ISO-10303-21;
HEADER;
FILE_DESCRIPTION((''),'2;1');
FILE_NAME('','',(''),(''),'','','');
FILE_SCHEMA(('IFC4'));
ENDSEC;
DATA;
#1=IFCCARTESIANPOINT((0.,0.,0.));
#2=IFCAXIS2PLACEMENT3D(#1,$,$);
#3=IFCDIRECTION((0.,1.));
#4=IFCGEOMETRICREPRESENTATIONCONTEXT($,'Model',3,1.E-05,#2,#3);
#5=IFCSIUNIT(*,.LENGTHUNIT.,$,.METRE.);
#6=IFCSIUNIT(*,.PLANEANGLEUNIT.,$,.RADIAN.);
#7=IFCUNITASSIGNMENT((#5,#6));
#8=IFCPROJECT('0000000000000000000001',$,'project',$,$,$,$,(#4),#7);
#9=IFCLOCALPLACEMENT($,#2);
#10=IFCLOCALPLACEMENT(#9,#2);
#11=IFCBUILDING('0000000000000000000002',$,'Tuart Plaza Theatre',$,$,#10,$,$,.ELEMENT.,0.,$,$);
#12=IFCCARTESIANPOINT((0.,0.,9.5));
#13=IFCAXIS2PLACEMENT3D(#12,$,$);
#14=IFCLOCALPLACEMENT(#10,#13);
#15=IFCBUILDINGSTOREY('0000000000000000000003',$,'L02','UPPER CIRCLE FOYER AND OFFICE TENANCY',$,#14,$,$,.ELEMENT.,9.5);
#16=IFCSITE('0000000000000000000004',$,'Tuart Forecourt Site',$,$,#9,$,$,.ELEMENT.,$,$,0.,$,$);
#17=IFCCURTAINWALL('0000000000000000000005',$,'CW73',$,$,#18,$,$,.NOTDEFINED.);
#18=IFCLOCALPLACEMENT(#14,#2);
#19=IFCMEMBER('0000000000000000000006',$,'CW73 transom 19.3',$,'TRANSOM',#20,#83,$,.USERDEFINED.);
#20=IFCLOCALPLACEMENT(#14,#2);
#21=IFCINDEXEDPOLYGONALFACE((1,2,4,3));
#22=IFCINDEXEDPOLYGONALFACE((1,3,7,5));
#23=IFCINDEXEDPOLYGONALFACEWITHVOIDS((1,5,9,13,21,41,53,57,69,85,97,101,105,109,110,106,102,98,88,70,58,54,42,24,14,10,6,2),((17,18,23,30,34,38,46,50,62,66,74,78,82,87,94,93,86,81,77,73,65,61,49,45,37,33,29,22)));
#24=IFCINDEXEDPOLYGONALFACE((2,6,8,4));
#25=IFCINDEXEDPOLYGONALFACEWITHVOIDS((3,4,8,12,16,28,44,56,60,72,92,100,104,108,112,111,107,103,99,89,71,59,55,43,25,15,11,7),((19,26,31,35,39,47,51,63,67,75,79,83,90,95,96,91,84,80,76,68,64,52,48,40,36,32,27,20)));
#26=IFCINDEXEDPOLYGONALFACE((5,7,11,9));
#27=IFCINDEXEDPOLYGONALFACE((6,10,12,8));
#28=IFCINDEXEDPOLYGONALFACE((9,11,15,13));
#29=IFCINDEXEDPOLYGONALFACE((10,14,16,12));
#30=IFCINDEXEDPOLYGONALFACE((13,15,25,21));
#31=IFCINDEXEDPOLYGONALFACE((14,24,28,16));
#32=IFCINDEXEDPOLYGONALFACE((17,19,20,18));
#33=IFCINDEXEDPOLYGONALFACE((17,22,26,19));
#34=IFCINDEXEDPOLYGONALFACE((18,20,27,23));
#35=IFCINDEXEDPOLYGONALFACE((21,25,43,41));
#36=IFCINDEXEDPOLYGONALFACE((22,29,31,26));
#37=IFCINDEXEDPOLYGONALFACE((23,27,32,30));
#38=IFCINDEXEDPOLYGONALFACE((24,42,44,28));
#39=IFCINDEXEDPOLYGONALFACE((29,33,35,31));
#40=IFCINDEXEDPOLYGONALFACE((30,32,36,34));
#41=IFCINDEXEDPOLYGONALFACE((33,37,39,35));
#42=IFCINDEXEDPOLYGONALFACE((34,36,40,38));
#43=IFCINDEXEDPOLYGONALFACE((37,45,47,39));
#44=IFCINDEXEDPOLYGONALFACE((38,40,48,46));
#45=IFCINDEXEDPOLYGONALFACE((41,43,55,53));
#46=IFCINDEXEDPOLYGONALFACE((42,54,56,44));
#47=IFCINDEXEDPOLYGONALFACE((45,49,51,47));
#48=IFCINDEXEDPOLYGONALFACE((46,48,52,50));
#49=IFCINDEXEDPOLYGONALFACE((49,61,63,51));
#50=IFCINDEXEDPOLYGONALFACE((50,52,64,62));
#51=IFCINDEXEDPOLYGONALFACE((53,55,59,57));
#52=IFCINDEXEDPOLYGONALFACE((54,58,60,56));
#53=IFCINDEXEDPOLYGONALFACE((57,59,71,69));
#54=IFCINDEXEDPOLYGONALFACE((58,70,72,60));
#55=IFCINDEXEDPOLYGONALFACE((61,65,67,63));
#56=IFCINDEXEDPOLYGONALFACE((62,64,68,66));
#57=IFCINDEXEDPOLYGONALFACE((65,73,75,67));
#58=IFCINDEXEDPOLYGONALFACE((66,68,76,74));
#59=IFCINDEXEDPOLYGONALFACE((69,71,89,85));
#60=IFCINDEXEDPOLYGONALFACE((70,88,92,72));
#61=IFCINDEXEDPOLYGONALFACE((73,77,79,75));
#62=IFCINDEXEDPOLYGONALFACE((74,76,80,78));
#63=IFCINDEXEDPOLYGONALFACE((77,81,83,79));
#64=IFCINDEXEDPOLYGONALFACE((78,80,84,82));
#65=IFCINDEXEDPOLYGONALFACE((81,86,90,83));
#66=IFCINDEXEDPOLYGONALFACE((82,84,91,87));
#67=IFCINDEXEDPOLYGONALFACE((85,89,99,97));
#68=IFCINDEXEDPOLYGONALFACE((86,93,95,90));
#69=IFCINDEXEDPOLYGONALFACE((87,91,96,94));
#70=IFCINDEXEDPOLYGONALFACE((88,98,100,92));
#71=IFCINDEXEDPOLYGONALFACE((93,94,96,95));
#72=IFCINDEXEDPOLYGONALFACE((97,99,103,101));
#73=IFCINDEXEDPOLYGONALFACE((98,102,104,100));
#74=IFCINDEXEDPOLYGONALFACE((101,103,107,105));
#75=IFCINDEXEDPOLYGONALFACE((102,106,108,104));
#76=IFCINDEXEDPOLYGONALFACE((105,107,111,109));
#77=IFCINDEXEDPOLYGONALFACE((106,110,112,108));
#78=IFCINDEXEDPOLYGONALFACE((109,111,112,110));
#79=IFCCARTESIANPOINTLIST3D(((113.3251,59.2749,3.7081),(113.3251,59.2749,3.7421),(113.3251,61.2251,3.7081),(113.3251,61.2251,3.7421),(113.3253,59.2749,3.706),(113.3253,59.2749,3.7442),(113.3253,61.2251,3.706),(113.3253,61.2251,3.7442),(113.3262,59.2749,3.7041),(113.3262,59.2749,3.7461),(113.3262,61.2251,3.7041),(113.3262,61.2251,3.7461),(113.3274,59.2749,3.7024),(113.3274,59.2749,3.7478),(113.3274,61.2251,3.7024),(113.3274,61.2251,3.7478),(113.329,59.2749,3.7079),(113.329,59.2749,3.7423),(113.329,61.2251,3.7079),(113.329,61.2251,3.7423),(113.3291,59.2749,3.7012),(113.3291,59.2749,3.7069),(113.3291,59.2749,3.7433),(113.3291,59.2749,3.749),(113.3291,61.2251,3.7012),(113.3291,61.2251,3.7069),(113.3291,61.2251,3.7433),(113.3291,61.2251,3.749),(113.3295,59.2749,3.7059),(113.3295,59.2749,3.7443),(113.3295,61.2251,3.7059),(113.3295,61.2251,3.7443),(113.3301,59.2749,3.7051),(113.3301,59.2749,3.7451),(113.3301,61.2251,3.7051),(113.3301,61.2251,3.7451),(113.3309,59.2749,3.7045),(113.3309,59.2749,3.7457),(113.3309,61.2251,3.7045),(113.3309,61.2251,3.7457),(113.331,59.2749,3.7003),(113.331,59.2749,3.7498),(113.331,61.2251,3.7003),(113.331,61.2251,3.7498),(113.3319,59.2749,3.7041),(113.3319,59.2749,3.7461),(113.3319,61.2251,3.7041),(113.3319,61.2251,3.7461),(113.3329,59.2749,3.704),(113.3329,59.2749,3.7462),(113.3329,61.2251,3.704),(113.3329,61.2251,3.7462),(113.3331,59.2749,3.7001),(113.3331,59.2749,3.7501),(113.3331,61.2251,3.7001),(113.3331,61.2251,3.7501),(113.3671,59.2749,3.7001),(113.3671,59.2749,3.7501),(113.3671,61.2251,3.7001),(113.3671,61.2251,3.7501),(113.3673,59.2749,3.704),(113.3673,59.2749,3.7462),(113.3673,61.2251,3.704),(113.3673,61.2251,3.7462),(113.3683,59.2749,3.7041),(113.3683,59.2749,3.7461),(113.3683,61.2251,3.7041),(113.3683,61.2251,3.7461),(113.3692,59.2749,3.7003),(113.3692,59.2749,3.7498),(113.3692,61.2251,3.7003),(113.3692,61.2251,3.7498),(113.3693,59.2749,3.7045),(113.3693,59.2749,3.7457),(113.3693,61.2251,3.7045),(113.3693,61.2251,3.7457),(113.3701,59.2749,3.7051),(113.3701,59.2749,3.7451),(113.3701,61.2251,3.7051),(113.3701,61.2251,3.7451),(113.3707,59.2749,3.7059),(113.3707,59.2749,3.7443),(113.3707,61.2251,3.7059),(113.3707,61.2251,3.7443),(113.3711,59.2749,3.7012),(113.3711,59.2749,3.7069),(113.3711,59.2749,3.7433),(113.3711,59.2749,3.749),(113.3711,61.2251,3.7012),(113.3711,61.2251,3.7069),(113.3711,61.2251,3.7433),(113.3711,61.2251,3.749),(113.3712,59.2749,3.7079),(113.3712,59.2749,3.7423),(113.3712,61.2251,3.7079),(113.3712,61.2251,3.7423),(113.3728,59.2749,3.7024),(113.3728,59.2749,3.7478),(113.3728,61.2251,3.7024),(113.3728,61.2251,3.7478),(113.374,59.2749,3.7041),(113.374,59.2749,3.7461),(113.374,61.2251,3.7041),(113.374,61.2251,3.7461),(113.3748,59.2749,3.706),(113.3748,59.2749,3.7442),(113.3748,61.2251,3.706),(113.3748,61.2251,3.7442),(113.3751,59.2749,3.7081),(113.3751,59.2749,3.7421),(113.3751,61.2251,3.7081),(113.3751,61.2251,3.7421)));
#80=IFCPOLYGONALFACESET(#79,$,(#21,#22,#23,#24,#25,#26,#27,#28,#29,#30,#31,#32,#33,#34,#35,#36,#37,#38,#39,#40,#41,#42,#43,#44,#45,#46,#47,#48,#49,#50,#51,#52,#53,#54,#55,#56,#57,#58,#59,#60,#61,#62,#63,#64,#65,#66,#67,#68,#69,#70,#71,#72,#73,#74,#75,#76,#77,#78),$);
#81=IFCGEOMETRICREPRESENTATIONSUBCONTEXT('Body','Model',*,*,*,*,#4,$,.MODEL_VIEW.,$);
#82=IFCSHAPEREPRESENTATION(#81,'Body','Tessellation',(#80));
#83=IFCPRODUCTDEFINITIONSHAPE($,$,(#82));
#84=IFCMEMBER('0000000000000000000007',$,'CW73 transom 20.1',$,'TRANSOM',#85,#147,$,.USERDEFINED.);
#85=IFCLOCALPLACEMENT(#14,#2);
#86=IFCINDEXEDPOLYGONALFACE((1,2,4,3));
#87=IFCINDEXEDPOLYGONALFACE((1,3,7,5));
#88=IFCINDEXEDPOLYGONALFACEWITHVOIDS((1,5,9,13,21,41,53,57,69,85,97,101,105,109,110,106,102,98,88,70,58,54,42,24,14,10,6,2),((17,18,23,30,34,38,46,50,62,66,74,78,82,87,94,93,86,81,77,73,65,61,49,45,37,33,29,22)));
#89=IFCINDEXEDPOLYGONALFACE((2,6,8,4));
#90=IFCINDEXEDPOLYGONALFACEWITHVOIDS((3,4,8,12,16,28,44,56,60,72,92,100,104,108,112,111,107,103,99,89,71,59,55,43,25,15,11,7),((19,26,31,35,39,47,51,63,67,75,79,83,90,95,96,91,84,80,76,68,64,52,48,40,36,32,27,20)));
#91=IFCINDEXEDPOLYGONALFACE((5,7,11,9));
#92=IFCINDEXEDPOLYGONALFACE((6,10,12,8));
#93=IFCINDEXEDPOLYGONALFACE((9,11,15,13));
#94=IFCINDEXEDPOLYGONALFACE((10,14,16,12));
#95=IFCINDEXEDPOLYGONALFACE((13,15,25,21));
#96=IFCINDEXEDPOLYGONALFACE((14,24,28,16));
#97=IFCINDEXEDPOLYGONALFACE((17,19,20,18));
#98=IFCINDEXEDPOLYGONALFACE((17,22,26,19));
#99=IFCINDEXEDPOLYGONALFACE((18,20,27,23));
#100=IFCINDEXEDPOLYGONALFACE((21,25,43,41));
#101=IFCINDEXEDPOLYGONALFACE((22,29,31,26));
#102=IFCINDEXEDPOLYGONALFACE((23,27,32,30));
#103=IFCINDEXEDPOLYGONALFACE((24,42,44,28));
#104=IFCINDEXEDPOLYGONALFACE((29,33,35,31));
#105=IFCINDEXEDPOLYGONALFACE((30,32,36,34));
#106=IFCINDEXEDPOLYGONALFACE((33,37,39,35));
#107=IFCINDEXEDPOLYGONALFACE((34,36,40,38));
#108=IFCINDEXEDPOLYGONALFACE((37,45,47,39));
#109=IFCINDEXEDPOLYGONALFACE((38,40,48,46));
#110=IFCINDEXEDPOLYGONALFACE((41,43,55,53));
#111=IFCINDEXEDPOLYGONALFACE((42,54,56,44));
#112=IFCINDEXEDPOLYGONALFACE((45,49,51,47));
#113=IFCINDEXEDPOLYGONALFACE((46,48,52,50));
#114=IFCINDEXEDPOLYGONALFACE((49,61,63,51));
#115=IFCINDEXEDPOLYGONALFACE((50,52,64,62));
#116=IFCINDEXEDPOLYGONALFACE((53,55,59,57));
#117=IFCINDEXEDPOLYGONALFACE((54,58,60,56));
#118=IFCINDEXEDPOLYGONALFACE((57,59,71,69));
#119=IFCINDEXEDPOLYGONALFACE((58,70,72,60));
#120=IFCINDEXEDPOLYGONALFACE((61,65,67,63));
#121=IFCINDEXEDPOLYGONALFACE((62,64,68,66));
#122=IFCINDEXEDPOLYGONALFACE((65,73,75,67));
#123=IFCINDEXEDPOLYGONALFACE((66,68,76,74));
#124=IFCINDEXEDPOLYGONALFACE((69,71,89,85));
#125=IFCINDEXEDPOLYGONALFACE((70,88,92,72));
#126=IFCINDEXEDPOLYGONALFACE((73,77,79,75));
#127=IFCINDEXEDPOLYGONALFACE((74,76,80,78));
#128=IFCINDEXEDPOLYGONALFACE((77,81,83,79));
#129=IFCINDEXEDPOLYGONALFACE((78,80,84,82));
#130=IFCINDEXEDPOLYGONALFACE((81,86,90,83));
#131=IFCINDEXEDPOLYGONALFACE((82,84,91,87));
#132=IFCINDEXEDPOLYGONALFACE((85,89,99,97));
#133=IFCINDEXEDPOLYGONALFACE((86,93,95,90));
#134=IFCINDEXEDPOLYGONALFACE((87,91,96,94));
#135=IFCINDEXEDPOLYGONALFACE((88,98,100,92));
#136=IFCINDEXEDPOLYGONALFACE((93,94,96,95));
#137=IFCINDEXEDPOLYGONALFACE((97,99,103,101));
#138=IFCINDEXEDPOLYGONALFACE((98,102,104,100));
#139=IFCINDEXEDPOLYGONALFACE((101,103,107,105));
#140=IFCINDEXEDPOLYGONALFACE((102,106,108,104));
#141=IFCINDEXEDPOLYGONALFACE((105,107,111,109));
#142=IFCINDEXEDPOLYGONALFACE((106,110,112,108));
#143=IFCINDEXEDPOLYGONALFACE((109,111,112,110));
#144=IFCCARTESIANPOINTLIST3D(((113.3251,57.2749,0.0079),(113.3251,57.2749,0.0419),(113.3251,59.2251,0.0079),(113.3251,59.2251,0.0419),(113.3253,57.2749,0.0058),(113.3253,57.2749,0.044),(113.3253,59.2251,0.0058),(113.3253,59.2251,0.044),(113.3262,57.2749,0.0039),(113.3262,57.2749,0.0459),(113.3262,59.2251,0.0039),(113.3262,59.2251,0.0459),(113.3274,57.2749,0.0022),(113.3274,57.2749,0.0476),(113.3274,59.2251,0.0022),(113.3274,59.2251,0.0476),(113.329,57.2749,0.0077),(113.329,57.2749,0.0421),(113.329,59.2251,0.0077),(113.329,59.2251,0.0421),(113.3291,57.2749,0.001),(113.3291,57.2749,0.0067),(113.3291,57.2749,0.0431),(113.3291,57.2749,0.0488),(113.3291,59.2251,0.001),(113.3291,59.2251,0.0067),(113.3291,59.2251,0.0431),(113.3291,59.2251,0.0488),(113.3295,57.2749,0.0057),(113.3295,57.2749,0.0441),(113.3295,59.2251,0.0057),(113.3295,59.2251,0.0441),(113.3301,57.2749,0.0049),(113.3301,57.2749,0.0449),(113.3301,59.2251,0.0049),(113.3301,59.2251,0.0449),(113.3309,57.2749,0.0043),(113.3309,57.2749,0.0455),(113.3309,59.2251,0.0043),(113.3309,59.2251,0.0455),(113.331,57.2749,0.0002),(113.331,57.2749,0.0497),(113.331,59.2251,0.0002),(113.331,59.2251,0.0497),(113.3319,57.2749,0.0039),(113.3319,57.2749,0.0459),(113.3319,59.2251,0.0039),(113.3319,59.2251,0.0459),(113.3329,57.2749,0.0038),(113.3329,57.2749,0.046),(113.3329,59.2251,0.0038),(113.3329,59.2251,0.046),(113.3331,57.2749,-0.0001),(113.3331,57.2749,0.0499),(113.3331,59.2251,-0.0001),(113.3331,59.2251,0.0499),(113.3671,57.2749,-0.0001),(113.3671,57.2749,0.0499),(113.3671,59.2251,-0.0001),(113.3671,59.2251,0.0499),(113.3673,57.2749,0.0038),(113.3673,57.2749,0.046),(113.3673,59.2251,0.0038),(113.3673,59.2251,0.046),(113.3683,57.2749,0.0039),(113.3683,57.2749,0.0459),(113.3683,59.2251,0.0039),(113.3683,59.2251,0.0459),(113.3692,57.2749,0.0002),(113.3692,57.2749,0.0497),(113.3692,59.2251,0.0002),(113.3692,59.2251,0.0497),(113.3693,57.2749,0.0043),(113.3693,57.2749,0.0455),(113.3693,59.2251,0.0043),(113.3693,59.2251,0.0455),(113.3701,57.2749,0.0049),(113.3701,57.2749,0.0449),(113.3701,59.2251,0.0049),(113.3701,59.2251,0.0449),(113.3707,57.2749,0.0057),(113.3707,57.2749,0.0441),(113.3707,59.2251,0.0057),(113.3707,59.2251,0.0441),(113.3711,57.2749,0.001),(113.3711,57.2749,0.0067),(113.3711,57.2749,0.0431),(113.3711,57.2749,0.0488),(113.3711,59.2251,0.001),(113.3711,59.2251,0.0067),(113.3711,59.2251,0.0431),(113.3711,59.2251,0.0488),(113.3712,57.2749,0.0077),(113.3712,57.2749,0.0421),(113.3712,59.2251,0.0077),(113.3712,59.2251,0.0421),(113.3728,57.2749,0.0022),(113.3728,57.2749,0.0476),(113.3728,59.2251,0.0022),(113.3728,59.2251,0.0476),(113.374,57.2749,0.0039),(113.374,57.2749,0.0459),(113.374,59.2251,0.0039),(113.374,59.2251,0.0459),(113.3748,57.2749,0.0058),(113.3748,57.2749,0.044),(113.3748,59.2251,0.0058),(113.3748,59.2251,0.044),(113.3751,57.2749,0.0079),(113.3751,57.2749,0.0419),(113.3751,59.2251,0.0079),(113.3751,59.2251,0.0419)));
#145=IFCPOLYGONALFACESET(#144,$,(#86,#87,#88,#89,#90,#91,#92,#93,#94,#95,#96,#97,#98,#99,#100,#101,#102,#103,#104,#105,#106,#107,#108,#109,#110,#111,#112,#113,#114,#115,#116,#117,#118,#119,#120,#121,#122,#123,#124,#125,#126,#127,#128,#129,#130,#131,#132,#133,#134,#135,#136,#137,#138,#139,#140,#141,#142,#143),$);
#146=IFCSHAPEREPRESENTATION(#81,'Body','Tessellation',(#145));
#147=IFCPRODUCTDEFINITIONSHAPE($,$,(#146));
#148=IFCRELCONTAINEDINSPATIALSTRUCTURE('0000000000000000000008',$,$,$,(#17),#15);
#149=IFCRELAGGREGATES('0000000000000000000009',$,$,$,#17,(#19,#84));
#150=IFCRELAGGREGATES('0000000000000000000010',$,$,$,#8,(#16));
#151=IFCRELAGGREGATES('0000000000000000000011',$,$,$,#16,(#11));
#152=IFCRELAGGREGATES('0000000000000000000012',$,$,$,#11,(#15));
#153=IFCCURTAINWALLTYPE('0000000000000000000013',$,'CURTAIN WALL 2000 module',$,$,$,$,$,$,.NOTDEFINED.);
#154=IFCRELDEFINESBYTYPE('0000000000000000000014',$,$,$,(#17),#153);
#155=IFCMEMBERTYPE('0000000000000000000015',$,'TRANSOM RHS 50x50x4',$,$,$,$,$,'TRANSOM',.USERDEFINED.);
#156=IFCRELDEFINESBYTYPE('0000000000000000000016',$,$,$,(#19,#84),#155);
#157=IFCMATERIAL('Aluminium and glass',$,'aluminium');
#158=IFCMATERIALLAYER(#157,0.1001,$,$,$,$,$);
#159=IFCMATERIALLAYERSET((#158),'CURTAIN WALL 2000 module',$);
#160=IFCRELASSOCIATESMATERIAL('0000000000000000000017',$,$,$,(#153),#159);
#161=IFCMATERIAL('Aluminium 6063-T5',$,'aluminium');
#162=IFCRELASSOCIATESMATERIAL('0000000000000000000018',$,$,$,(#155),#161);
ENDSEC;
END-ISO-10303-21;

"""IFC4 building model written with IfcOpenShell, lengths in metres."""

from ifc_helpers import new_model, si_unit, direction, frame, origin, origin_2d, place, context, subcontext, project, spatial, hollow_rectangle, extrude, material, layer, layer_set, material_profile, profile_set, type_object, element, aggregate, save


model = new_model("IFC4")

# Units and contexts
model_context = context("Model", 3, precision=1e-05, world=origin(), true_north=direction((0.0, 1.0)))
body_context = subcontext(model_context, "Body", "Model", "MODEL_VIEW")
ifc_project = project(units=[si_unit("LENGTHUNIT", "METRE"), si_unit("PLANEANGLEUNIT", "RADIAN")], contexts=[model_context])

# Site, building, storey
site_placement = place(None, origin())
site = spatial("IfcSite", under=ifc_project, at=site_placement, Name="Tuart Forecourt Site", CompositionType="ELEMENT", RefElevation=0.0)
building_placement = place(site_placement, origin())
building = spatial("IfcBuilding", under=site, at=building_placement, Name="Tuart Plaza Theatre", CompositionType="ELEMENT", ElevationOfRefHeight=0.0)
storey_placement = place(building_placement, frame((0.0, 0.0, 9.5)))
storey = spatial("IfcBuildingStorey", under=building, at=storey_placement, Name="L02", Description="UPPER CIRCLE FOYER AND OFFICE TENANCY", CompositionType="ELEMENT", Elevation=9.5)

# Curtain wall, members
ifc_material_1 = material(Name="Aluminium and glass", Category="aluminium")
ifc_layer_1 = layer(ifc_material_1, 0.1001)
ifc_layer_set_1 = layer_set([ifc_layer_1], Name="CURTAIN WALL 2000 module")
curtain_wall_type = type_object("IfcCurtainWallType", Name="CURTAIN WALL 2000 module", PredefinedType="NOTDEFINED", material=ifc_layer_set_1)
curtain_wall_placement = place(storey_placement, origin())
curtain_wall = element("IfcCurtainWall", 1, at=curtain_wall_placement, inside=storey, type_object=curtain_wall_type, Name="CW73", PredefinedType="NOTDEFINED")
ifc_material_2 = material(Name="Aluminium 6063-T5", Category="aluminium")
ifc_material_profile_1 = material_profile(ifc_material_2, hollow_rectangle(XDim=0.05, YDim=0.05, WallThickness=0.0039, InnerFilletRadius=0.0039, OuterFilletRadius=0.0081, at=origin_2d()), Name="RHS 50x50x4")
ifc_profile_set_1 = profile_set([ifc_material_profile_1], Name="Aluminium 6063-T5")
member_type_1 = type_object("IfcMemberType", Name="TRANSOM RHS 50x50x4", ElementType="TRANSOM", PredefinedType="USERDEFINED", material=ifc_profile_set_1)
member_1_placement = place(storey_placement, frame((113.3501, 61.2251, 3.7251), z_axis=(0.0, -1.0, 0.0), x_axis=(1.0, 0.0, 0.0)))
member_1 = element("IfcMember", 2, at=member_1_placement, type_object=member_type_1, Name="CW73 transom 19.3", ObjectType="TRANSOM", PredefinedType="USERDEFINED", context=body_context, shape_type="SweptSolid", body=[
    extrude(hollow_rectangle(XDim=0.05, YDim=0.05, WallThickness=0.0039, InnerFilletRadius=0.0039, OuterFilletRadius=0.0081, at=origin_2d()), origin(), (0.0, 0.0, 1.0), 1.9502),
])
member_2_placement = place(storey_placement, frame((113.3501, 59.2251, 0.0249), z_axis=(0.0, -1.0, 0.0), x_axis=(1.0, 0.0, 0.0)))
member_2 = element("IfcMember", 3, at=member_2_placement, type_object=member_type_1, Name="CW73 transom 20.1", ObjectType="TRANSOM", PredefinedType="USERDEFINED", context=body_context, shape_type="SweptSolid", body=[
    extrude(hollow_rectangle(XDim=0.05, YDim=0.05, WallThickness=0.0039, InnerFilletRadius=0.0039, OuterFilletRadius=0.0081, at=origin_2d()), origin(), (0.0, 0.0, 1.0), 1.9502),
])
aggregate(curtain_wall, [member_1, member_2])

save(model, "model.ifc")
